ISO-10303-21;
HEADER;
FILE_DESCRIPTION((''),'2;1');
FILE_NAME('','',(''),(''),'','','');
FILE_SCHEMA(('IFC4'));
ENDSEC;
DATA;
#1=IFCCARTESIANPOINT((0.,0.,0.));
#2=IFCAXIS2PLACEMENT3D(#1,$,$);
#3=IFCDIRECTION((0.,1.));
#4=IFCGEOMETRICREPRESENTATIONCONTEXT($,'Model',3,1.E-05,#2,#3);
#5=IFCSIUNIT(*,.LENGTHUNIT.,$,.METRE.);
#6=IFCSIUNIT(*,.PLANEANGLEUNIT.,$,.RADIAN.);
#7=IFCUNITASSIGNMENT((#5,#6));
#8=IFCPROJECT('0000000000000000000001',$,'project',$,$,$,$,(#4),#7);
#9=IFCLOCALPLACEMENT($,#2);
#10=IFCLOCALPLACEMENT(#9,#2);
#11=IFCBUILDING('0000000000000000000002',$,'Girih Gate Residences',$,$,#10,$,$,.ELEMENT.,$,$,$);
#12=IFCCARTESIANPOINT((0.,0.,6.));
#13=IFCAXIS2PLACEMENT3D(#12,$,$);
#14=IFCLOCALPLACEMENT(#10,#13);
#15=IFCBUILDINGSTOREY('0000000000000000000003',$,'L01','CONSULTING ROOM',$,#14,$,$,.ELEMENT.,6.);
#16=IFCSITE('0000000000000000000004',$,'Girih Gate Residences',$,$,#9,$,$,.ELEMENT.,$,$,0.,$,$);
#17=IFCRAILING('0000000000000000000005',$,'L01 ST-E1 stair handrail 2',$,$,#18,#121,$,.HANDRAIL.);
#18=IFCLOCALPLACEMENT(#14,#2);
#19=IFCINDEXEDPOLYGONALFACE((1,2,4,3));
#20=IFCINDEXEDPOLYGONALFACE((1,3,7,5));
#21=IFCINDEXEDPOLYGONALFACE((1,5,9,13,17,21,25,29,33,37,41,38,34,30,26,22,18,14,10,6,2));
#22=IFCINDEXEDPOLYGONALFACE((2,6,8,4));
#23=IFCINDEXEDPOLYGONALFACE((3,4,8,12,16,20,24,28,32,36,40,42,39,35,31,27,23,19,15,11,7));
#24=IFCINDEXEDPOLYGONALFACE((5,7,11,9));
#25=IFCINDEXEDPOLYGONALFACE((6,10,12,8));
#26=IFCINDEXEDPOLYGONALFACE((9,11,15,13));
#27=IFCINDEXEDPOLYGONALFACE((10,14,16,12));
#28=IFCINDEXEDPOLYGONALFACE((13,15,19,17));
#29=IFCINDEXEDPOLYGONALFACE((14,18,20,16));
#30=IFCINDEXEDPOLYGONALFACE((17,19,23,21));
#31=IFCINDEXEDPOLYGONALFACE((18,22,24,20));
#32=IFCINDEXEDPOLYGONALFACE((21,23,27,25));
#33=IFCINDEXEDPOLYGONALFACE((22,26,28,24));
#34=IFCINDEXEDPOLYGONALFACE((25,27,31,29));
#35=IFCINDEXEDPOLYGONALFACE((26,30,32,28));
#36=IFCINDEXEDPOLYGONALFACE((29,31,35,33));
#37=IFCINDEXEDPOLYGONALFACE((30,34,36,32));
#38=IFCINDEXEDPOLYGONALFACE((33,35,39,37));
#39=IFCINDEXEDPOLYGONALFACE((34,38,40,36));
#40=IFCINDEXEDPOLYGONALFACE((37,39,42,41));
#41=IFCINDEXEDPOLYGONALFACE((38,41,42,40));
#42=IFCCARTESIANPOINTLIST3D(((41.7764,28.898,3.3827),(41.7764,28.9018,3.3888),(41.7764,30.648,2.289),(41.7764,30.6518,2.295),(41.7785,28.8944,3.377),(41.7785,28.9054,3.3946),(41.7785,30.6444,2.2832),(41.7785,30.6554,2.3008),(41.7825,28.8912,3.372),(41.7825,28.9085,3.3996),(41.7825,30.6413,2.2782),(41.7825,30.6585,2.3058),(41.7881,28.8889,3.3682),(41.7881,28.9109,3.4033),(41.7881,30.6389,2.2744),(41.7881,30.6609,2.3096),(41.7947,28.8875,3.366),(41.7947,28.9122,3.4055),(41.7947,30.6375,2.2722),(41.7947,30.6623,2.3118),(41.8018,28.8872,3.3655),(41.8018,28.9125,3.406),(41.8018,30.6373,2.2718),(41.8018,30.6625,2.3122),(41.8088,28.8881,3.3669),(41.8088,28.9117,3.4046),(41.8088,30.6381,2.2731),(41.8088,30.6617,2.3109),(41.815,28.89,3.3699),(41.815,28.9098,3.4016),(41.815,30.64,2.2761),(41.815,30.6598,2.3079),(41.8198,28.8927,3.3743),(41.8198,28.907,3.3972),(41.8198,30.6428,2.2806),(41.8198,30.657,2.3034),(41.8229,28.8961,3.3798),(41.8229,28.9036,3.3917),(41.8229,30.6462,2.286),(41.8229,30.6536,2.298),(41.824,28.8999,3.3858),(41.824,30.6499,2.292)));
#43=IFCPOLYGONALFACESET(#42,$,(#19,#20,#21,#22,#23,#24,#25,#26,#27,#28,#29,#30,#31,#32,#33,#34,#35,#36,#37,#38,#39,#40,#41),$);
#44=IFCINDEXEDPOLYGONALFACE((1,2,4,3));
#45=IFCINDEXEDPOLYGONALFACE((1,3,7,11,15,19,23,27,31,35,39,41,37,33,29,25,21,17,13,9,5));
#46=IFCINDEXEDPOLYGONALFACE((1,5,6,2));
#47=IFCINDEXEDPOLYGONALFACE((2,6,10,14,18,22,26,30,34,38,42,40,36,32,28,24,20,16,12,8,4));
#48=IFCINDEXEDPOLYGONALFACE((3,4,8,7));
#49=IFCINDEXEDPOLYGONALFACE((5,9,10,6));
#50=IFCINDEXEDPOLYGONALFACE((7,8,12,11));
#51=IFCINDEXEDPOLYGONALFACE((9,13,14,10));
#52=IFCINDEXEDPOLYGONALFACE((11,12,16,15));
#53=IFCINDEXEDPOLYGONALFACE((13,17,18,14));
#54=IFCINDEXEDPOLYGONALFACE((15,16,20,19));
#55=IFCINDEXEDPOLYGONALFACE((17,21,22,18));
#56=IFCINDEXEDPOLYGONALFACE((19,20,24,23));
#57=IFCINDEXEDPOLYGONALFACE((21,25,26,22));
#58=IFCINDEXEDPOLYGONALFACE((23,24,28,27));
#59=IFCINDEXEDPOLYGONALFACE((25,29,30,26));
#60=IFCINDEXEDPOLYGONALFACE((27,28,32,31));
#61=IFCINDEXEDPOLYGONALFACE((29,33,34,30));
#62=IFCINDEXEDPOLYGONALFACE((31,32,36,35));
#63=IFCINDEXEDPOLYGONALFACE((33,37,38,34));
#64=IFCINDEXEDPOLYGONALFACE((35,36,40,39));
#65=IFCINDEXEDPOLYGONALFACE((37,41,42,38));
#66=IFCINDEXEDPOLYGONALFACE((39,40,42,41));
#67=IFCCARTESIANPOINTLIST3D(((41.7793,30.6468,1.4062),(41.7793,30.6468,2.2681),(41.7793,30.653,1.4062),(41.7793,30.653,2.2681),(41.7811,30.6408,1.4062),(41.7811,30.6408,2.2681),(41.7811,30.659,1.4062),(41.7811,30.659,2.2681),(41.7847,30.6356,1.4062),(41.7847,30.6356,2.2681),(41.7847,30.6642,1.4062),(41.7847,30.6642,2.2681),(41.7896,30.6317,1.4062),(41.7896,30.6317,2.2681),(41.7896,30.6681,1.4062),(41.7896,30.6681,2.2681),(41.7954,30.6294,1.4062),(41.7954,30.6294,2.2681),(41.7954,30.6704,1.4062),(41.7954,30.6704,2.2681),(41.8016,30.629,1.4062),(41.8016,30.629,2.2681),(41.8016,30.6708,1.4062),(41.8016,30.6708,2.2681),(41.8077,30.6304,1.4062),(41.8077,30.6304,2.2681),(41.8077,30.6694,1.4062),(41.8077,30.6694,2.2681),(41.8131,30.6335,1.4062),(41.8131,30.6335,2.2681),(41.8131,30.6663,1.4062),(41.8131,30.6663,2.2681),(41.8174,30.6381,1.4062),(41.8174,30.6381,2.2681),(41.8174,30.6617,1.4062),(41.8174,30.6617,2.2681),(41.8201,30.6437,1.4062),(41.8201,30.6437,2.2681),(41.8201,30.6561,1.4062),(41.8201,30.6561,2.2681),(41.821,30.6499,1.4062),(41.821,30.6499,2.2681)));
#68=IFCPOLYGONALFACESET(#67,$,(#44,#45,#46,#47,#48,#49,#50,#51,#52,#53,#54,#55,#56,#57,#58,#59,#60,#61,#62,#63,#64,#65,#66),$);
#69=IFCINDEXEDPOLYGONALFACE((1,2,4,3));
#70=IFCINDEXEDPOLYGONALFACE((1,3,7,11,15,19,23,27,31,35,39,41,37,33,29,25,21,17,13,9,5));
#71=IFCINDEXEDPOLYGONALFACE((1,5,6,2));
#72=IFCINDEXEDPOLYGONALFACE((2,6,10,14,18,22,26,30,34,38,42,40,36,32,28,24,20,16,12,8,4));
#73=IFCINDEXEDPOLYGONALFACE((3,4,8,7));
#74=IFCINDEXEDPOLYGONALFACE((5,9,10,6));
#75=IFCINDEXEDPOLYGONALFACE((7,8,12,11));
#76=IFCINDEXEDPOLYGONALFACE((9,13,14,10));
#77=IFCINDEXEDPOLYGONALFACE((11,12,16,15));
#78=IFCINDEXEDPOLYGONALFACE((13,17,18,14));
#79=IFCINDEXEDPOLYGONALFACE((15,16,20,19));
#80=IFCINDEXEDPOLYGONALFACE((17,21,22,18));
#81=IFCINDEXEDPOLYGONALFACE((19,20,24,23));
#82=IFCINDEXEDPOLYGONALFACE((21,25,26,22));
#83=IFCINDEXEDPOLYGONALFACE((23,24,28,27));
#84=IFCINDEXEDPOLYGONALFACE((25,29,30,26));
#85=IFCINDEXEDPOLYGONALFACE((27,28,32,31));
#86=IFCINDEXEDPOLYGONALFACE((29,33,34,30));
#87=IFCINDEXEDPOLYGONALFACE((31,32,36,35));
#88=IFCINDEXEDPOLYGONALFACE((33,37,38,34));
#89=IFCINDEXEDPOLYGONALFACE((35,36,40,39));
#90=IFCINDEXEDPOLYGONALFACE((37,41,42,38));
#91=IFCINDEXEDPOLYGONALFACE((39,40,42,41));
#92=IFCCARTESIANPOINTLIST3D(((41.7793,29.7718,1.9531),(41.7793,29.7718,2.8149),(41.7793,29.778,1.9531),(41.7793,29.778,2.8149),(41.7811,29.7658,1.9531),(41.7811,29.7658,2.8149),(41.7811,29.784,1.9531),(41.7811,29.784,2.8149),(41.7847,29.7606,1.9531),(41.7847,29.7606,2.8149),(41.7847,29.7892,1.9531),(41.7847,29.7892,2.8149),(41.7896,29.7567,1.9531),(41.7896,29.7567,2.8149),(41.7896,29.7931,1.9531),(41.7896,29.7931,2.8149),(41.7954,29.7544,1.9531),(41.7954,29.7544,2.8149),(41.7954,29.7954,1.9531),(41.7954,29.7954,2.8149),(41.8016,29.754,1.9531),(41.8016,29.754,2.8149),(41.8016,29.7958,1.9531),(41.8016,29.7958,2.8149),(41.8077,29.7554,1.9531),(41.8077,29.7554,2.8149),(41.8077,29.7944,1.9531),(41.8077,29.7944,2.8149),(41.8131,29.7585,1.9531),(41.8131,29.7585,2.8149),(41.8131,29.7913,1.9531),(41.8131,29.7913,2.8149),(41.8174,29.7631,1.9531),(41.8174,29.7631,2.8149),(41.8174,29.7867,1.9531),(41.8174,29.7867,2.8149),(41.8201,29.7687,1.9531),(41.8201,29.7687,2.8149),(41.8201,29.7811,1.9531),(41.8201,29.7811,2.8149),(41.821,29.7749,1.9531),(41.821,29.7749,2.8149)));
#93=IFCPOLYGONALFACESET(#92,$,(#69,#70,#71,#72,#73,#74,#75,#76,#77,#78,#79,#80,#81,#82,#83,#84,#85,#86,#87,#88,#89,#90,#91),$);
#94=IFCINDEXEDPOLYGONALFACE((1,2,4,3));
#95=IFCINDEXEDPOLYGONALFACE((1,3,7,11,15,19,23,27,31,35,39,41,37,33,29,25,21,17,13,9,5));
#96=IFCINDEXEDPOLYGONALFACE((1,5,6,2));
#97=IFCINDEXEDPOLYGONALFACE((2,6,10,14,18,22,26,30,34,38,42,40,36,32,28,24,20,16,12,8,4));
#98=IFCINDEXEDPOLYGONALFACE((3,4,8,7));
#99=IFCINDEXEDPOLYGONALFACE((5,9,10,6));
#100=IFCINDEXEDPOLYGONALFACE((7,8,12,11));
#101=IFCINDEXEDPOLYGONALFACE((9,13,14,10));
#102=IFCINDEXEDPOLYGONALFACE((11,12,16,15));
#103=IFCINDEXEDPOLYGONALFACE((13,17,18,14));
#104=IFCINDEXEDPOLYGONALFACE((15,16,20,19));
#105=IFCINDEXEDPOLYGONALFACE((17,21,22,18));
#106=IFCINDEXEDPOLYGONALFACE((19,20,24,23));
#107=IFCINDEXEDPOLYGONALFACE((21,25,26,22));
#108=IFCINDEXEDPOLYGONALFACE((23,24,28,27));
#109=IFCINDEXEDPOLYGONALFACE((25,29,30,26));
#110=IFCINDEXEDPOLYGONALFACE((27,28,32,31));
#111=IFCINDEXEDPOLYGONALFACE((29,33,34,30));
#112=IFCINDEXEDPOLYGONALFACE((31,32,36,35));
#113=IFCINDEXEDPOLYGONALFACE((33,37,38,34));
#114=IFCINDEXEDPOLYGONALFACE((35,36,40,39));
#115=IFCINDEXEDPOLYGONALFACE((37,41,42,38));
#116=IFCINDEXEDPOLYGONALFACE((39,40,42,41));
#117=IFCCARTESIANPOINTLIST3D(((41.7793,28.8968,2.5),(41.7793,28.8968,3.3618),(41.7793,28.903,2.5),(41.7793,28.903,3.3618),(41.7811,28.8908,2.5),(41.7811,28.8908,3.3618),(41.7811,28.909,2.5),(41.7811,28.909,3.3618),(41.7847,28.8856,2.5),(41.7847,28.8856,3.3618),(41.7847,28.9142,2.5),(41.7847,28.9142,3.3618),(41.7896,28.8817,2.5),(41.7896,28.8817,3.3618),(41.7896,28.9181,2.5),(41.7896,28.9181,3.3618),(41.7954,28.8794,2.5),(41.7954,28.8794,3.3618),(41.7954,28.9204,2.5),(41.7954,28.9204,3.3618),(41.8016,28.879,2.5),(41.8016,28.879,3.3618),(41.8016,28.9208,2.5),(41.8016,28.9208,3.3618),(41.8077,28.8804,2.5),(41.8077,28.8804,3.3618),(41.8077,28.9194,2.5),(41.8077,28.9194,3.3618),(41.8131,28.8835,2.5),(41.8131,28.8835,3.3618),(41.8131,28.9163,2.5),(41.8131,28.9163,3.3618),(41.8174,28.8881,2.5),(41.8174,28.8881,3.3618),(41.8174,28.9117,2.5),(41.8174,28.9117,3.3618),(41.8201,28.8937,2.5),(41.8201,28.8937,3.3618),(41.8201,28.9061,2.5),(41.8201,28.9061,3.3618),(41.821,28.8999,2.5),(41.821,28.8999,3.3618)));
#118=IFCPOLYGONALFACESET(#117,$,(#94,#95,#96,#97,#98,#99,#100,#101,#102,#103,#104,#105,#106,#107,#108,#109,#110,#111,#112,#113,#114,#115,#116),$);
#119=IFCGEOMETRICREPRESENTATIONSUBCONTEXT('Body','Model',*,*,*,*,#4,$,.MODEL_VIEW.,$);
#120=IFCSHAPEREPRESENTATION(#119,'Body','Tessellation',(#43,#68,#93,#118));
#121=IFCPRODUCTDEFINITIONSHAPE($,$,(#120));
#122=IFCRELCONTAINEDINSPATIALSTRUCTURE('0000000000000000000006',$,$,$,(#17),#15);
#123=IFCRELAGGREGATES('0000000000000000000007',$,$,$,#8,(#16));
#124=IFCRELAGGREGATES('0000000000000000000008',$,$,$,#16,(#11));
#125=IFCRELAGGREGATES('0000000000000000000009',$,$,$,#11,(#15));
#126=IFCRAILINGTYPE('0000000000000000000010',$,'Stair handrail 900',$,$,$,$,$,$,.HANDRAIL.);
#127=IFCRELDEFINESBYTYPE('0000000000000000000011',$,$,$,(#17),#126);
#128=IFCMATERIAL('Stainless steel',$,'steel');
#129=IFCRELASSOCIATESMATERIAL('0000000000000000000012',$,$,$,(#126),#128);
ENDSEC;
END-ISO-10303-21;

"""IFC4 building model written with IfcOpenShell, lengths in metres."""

from ifc_helpers import new_model, si_unit, direction, frame, origin, origin_2d, place, context, subcontext, project, spatial, circle, extrude, material, type_object, element, save


model = new_model("IFC4")

# Units and contexts
model_context = context("Model", 3, precision=1e-05, world=origin(), true_north=direction((0.0, 1.0)))
body_context = subcontext(model_context, "Body", "Model", "MODEL_VIEW")
ifc_project = project(units=[si_unit("LENGTHUNIT", "METRE"), si_unit("PLANEANGLEUNIT", "RADIAN")], contexts=[model_context])

# Site, building, storey
site_placement = place(None, origin())
site = spatial("IfcSite", under=ifc_project, at=site_placement, Name="Girih Gate Residences", CompositionType="ELEMENT", RefElevation=0.0)
building_placement = place(site_placement, origin())
building = spatial("IfcBuilding", under=site, at=building_placement, Name="Girih Gate Residences", CompositionType="ELEMENT")
storey_placement = place(building_placement, frame((0.0, 0.0, 6.0)))
storey = spatial("IfcBuildingStorey", under=building, at=storey_placement, Name="L01", Description="CONSULTING ROOM", CompositionType="ELEMENT", Elevation=6.0)

# Railing
ifc_material_1 = material(Name="Stainless steel", Category="steel")
railing_type_1 = type_object("IfcRailingType", Name="Stair handrail 900", PredefinedType="HANDRAIL", material=ifc_material_1)
railing_1_placement = place(storey_placement, frame((41.8, 30.6499, 1.4062)))
element("IfcRailing", 1, at=railing_1_placement, inside=storey, type_object=railing_type_1, Name="L01 ST-E1 stair handrail 2", PredefinedType="HANDRAIL", context=body_context, shape_type="SweptSolid", body=[
    extrude(circle(Radius=0.0239, at=origin_2d()), frame((0.0, 0.0, 0.8857), z_axis=(0.0, -0.847998, 0.529999), x_axis=(1.0, 0.0, 0.0)), (0.0, 0.0, 1.0), 2.0637),
    extrude(circle(Radius=0.021, at=origin_2d()), origin(), (0.0, 0.0, 1.0), 0.8618),
    extrude(circle(Radius=0.021, at=origin_2d()), frame((0.0, -0.875, 0.5469)), (0.0, 0.0, 1.0), 0.8618),
    extrude(circle(Radius=0.021, at=origin_2d()), frame((0.0, -1.75, 1.0938)), (0.0, 0.0, 1.0), 0.8618),
])

save(model, "model.ifc")
